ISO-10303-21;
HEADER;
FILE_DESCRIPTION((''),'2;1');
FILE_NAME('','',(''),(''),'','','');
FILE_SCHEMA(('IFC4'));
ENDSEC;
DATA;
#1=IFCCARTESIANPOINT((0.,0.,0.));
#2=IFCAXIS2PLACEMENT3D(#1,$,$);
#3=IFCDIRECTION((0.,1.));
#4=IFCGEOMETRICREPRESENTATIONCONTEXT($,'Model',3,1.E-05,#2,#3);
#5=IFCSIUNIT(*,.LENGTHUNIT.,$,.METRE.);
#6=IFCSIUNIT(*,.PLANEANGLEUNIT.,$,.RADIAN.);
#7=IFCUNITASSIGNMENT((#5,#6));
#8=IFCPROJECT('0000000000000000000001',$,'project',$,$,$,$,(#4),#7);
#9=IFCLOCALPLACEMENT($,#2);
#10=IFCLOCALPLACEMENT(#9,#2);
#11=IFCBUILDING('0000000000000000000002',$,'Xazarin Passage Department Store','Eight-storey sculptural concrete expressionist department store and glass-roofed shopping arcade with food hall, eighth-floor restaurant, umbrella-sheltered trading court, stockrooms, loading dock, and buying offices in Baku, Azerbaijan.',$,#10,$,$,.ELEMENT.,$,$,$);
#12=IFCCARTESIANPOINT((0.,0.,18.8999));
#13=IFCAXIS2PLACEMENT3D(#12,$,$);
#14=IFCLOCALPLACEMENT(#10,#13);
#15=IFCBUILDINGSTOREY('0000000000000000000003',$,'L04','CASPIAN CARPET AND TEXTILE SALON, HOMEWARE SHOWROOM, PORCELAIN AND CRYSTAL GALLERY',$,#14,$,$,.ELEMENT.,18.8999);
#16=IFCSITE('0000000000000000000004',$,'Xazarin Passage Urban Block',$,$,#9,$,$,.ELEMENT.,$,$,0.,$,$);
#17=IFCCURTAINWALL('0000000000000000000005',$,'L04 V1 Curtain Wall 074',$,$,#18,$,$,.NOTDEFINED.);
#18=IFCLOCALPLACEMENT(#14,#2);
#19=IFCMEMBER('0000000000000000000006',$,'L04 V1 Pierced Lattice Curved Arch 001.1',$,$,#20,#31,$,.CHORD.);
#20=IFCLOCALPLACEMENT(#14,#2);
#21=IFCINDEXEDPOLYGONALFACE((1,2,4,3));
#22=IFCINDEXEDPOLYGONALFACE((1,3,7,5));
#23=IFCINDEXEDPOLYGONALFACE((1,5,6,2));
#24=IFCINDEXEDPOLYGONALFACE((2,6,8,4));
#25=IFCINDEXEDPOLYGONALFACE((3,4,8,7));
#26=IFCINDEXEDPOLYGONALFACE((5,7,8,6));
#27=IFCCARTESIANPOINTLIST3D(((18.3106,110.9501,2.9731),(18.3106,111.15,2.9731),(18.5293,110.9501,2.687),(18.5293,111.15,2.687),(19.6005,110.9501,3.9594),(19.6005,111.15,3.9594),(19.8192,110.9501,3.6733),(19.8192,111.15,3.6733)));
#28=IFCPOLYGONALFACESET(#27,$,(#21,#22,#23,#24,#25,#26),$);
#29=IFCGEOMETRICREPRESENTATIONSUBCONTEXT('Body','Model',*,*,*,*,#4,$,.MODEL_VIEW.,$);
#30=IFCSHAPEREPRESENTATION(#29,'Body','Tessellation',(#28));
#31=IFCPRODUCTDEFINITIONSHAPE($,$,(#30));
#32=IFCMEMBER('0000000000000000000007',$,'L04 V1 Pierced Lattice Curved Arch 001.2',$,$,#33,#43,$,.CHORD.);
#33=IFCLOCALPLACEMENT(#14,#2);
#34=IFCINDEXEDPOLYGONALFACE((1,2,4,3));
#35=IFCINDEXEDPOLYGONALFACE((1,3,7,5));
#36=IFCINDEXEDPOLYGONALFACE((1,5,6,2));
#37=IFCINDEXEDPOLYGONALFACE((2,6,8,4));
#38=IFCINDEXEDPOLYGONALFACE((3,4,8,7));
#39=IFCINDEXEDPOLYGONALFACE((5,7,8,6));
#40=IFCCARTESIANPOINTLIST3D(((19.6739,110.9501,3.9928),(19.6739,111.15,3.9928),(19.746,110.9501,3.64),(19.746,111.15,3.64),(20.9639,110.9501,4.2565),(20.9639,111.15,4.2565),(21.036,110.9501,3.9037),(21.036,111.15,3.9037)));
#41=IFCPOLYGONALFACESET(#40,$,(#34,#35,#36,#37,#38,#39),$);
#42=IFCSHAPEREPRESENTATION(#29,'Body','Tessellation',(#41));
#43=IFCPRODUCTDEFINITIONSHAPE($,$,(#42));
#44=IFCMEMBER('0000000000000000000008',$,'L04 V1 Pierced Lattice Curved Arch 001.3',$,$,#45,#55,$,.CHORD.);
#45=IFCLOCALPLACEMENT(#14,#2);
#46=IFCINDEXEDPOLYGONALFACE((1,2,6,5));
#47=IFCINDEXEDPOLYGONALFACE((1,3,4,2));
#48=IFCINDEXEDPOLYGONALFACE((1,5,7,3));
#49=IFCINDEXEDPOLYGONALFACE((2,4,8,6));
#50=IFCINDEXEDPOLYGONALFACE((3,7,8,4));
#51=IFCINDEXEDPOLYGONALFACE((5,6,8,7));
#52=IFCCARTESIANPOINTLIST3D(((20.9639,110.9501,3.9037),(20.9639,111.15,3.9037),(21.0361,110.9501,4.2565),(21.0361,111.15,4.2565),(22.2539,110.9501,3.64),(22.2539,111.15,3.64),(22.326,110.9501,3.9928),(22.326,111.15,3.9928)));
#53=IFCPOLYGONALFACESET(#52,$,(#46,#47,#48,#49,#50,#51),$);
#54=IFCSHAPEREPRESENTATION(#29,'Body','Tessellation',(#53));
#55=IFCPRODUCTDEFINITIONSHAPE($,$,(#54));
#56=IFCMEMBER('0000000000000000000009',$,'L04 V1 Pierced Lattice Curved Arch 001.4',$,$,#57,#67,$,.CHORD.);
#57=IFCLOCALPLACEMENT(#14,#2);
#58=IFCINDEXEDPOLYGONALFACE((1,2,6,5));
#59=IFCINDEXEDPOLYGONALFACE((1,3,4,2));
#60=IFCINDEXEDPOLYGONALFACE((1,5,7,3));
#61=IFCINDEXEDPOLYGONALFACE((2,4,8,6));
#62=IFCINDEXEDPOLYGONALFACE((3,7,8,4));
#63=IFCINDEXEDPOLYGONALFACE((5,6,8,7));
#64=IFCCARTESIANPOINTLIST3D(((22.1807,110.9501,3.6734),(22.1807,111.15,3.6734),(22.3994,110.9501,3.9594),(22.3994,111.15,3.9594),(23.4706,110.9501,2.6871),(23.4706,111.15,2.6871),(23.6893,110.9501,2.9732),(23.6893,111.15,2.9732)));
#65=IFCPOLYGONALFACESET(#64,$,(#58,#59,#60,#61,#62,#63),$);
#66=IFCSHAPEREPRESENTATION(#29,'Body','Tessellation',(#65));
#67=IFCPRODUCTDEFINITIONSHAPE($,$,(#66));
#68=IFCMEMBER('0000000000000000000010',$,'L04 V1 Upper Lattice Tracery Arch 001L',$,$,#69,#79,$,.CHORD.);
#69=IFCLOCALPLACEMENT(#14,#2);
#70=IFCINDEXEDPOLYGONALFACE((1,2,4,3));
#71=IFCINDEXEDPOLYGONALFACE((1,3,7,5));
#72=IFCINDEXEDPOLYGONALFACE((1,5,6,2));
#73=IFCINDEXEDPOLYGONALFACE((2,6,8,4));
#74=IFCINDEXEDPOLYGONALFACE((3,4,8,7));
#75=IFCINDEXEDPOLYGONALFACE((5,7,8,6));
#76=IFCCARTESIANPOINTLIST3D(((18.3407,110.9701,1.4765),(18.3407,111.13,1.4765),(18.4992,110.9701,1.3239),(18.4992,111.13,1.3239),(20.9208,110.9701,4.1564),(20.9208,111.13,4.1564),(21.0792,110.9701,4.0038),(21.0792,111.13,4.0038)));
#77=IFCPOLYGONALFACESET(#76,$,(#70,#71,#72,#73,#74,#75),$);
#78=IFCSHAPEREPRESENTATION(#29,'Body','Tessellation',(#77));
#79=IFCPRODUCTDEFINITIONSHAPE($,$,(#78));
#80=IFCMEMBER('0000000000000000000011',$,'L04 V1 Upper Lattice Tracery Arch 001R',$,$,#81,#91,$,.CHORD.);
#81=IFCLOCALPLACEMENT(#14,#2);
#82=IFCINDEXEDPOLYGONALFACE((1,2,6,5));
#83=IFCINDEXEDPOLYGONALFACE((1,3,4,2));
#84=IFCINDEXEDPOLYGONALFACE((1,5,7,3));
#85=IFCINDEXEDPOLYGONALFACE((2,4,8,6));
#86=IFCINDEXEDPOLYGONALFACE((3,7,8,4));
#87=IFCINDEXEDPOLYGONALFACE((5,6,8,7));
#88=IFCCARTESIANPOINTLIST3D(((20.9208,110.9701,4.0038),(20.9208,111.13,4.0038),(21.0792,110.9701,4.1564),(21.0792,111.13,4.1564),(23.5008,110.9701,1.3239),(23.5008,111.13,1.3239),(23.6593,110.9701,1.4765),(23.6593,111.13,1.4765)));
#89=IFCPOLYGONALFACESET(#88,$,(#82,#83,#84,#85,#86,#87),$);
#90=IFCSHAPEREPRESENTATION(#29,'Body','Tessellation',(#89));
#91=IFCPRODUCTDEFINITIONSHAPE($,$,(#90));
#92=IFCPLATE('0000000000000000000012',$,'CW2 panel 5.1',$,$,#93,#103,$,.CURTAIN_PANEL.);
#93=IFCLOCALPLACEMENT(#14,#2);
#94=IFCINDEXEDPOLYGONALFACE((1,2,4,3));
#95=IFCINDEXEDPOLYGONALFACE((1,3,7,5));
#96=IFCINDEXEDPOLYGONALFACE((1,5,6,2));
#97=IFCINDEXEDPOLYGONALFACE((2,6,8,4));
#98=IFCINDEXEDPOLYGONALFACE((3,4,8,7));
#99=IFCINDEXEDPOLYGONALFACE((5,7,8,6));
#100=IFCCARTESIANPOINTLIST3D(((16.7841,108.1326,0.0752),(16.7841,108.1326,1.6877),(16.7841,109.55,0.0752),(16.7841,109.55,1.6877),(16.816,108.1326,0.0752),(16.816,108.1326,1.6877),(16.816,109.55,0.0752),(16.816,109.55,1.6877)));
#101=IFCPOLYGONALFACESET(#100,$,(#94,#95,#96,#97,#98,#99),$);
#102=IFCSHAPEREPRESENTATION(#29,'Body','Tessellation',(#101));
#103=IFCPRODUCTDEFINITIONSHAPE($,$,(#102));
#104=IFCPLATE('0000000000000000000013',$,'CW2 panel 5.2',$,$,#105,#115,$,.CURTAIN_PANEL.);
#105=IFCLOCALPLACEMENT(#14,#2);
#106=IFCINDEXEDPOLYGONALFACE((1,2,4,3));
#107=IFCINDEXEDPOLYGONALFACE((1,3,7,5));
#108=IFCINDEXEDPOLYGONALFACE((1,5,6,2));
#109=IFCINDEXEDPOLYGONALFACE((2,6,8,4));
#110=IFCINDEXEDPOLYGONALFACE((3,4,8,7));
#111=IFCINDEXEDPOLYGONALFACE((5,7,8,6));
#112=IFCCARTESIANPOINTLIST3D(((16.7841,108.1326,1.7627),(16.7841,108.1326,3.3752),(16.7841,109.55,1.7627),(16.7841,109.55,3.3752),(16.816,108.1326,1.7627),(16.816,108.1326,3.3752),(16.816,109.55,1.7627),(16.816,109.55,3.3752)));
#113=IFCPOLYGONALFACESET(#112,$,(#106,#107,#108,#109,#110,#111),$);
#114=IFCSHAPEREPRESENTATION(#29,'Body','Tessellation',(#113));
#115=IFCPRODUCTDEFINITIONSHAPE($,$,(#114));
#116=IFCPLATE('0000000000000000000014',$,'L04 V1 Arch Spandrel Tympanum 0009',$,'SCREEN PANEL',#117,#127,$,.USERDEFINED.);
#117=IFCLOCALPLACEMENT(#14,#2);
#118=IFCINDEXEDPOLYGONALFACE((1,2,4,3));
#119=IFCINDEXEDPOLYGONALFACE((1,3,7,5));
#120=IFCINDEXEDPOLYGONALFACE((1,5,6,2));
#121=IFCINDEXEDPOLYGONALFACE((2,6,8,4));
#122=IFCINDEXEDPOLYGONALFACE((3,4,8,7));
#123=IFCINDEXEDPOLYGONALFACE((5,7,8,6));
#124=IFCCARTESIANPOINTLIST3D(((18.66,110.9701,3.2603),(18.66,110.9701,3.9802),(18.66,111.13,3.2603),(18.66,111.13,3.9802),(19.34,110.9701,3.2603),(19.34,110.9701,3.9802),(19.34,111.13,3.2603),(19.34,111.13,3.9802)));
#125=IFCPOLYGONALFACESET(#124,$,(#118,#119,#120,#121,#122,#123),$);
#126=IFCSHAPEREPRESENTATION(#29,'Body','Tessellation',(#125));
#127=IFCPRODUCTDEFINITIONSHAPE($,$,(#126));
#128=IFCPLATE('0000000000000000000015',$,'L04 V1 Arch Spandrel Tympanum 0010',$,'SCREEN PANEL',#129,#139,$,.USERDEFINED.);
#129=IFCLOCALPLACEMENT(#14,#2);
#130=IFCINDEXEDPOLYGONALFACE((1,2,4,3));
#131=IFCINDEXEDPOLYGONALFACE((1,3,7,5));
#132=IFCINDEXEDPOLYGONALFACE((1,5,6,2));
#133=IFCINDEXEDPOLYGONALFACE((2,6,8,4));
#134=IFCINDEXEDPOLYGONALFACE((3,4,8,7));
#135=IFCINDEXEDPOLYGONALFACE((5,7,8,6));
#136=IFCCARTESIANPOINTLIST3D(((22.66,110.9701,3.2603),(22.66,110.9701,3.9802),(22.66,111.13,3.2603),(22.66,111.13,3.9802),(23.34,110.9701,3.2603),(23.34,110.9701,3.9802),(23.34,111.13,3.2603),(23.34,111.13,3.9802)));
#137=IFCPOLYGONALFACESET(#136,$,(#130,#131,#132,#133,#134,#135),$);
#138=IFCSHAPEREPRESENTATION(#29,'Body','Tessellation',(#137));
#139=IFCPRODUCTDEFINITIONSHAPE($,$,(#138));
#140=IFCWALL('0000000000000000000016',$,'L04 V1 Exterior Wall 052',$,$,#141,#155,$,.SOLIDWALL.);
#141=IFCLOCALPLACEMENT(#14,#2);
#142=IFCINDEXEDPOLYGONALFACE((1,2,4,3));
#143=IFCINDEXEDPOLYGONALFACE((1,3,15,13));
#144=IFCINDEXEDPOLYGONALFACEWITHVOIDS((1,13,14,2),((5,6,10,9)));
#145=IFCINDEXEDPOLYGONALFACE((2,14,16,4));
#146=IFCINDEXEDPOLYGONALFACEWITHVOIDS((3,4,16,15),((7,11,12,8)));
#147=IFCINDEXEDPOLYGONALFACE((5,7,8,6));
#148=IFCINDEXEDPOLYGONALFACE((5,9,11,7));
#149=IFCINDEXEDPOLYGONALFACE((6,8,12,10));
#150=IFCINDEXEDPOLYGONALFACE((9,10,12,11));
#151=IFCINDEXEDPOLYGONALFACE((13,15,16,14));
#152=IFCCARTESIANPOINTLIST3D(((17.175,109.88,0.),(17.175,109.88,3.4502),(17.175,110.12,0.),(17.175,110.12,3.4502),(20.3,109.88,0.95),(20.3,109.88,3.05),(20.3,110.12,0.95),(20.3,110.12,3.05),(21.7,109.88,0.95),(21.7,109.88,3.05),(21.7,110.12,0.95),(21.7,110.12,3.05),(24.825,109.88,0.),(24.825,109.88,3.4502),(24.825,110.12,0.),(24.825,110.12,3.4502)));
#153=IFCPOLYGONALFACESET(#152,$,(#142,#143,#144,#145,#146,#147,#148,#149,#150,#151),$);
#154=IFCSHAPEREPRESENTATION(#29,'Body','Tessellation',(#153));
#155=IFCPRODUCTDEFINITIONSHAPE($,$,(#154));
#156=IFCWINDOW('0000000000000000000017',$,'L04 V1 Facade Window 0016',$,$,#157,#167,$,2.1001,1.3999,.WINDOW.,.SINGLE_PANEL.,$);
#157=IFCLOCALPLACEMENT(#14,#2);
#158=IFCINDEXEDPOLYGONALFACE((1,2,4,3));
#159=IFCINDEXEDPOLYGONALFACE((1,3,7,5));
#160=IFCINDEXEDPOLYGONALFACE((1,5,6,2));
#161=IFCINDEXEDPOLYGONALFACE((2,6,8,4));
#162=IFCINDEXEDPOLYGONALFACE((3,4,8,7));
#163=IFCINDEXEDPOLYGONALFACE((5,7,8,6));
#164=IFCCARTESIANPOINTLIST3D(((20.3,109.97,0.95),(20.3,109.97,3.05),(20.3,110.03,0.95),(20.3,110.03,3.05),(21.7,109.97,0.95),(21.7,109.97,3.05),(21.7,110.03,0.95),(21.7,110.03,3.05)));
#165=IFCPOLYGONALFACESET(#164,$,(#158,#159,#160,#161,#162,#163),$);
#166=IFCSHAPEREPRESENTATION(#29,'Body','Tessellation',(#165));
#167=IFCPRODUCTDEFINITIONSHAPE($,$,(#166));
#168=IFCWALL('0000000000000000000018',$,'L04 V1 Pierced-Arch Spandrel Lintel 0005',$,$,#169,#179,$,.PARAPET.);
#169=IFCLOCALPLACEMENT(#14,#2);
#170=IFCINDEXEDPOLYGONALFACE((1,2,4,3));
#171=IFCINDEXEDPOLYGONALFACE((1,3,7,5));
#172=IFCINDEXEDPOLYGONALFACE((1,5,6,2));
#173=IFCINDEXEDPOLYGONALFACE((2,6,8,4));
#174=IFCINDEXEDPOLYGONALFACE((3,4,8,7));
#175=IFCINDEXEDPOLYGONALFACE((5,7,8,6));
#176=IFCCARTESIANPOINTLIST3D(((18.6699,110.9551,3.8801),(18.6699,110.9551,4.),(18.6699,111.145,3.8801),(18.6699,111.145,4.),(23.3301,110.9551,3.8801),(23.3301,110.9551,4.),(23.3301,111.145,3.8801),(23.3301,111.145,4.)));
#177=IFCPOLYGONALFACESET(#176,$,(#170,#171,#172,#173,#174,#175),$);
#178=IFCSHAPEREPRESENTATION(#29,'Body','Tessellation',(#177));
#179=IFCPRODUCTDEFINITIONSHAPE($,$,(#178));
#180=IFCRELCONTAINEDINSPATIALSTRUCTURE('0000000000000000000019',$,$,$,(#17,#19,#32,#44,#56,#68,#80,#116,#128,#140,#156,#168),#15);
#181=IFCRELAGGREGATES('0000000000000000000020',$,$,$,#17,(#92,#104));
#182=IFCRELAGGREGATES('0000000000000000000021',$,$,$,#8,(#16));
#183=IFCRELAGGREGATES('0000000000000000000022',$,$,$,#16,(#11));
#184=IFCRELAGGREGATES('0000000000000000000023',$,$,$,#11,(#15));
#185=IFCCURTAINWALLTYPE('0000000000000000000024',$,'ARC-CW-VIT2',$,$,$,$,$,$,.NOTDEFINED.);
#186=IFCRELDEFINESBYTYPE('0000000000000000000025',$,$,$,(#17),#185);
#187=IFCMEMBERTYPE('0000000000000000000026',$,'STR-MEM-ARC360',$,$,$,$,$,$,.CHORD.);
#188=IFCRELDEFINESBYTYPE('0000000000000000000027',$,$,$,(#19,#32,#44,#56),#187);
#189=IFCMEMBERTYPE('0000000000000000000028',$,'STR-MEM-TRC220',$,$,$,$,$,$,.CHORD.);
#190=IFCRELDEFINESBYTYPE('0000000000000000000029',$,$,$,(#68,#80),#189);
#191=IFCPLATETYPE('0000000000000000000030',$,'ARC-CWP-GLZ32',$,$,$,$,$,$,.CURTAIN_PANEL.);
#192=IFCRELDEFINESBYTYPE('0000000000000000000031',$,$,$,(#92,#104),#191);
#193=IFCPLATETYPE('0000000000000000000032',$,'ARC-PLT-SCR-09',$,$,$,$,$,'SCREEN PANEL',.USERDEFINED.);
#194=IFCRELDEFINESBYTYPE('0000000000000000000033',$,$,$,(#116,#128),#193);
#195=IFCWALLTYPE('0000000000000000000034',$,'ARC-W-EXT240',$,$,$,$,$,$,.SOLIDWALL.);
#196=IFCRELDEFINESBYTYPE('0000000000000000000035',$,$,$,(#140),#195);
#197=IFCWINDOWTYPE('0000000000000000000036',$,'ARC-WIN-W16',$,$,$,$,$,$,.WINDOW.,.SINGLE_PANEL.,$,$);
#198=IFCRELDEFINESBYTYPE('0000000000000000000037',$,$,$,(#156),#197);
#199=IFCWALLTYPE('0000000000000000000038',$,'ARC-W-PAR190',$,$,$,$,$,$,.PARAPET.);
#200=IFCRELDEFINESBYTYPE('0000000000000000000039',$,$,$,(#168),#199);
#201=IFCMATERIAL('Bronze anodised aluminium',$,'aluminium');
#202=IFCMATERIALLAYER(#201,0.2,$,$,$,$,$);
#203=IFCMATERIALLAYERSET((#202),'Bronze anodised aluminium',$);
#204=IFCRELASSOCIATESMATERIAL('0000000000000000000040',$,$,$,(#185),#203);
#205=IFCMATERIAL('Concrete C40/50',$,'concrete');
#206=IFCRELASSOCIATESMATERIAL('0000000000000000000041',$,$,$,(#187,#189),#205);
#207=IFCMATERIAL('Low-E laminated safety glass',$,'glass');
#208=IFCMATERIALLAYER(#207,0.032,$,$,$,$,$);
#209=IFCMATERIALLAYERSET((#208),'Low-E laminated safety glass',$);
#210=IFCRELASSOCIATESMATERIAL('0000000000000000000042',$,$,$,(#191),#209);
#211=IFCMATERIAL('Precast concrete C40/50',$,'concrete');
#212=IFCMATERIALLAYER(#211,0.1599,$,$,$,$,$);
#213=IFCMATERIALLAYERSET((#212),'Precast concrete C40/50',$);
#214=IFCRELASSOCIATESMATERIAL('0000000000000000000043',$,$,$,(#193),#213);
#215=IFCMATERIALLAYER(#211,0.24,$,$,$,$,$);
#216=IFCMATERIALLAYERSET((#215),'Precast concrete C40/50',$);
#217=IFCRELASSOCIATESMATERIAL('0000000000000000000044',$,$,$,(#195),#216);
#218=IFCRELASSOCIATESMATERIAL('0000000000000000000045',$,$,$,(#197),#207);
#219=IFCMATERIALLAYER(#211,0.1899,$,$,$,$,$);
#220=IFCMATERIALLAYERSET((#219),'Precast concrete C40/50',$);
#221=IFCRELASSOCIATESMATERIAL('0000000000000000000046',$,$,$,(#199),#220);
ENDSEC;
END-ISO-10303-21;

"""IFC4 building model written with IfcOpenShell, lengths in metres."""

from ifc_helpers import new_model, si_unit, direction, frame, frame_2d, origin, origin_2d, place, context, subcontext, project, spatial, rectangle, extrude, material, layer, layer_set, material_profile, profile_set, type_object, element, fill, aggregate, save


model = new_model("IFC4")

# Units and contexts
model_context = context("Model", 3, precision=1e-05, world=origin(), true_north=direction((0.0, 1.0)))
body_context = subcontext(model_context, "Body", "Model", "MODEL_VIEW")
ifc_project = project(units=[si_unit("LENGTHUNIT", "METRE"), si_unit("PLANEANGLEUNIT", "RADIAN")], contexts=[model_context])

# Site, building, storey
site_placement = place(None, origin())
site = spatial("IfcSite", under=ifc_project, at=site_placement, Name="Xazarin Passage Urban Block", CompositionType="ELEMENT", RefElevation=0.0)
building_placement = place(site_placement, origin())
building = spatial("IfcBuilding", under=site, at=building_placement, Name="Xazarin Passage Department Store", Description="Eight-storey sculptural concrete expressionist department store and glass-roofed shopping arcade with food hall, eighth-floor restaurant, umbrella-sheltered trading court, stockrooms, loading dock, and buying offices in Baku, Azerbaijan.", CompositionType="ELEMENT")
storey_placement = place(building_placement, frame((0.0, 0.0, 18.8999)))
storey = spatial("IfcBuildingStorey", under=building, at=storey_placement, Name="L04", Description="CASPIAN CARPET AND TEXTILE SALON, HOMEWARE SHOWROOM, PORCELAIN AND CRYSTAL GALLERY", CompositionType="ELEMENT", Elevation=18.8999)

# Shared definitions
ifc_material_1 = material(Name="Concrete C40/50", Category="concrete")

# Curtain wall
ifc_material_2 = material(Name="Bronze anodised aluminium", Category="aluminium")
ifc_layer_1 = layer(ifc_material_2, 0.2)
ifc_layer_set_1 = layer_set([ifc_layer_1], Name="Bronze anodised aluminium")
curtain_wall_type = type_object("IfcCurtainWallType", Name="ARC-CW-VIT2", PredefinedType="NOTDEFINED", material=ifc_layer_set_1)
curtain_wall_placement = place(storey_placement, origin())
curtain_wall = element("IfcCurtainWall", 1, at=curtain_wall_placement, inside=storey, type_object=curtain_wall_type, Name="L04 V1 Curtain Wall 074", PredefinedType="NOTDEFINED")

# Members
ifc_material_profile_1 = material_profile(ifc_material_1, rectangle(XDim=0.2, YDim=0.3601, at=origin_2d()), Name="RC 200x360")
ifc_profile_set_1 = profile_set([ifc_material_profile_1], Name="Concrete C40/50")
member_type_1 = type_object("IfcMemberType", Name="STR-MEM-ARC360", PredefinedType="CHORD", material=ifc_profile_set_1)
member_1_placement = place(storey_placement, frame((18.4199, 111.05, 2.8301), z_axis=(0.794409, 0.0, 0.607383), x_axis=(0.0, 1.0, 0.0)))
element("IfcMember", 2, at=member_1_placement, inside=storey, type_object=member_type_1, Name="L04 V1 Pierced Lattice Curved Arch 001.1", PredefinedType="CHORD", context=body_context, shape_type="SweptSolid", body=[
    extrude(rectangle(XDim=0.2, YDim=0.3601, at=origin_2d()), origin(), (0.0, 0.0, 1.0), 1.6238),
])
for number, where, z_axis, x_axis, name in (
    (3, (19.71, 111.05, 3.8164), (0.979745, 0.0, 0.200251), (0.0, 1.0, 0.0), "L04 V1 Pierced Lattice Curved Arch 001.2"),
    (4, (21.0, 111.05, 4.0801), (0.979745, 0.0, -0.200251), (0.0, 1.0, 0.0), "L04 V1 Pierced Lattice Curved Arch 001.3"),
):
    element("IfcMember", number, at=place(storey_placement, frame(where, z_axis=z_axis, x_axis=x_axis)), inside=storey, type_object=member_type_1, Name=name, PredefinedType="CHORD", context=body_context, shape_type="SweptSolid", body=[
        extrude(rectangle(XDim=0.2, YDim=0.3601, at=origin_2d()), origin(), (0.0, 0.0, 1.0), 1.3167),
    ])
member_2_placement = place(storey_placement, frame((22.29, 111.05, 3.8164), z_axis=(0.794409, 0.0, -0.607383), x_axis=(0.0, 1.0, 0.0)))
element("IfcMember", 5, at=member_2_placement, inside=storey, type_object=member_type_1, Name="L04 V1 Pierced Lattice Curved Arch 001.4", PredefinedType="CHORD", context=body_context, shape_type="SweptSolid", body=[
    extrude(rectangle(XDim=0.2, YDim=0.3601, at=origin_2d()), origin(), (0.0, 0.0, 1.0), 1.6238),
])
ifc_material_profile_2 = material_profile(ifc_material_1, rectangle(XDim=0.1599, YDim=0.22, at=origin_2d()), Name="RC 160x220")
ifc_profile_set_2 = profile_set([ifc_material_profile_2], Name="Concrete C40/50")
member_type_2 = type_object("IfcMemberType", Name="STR-MEM-TRC220", PredefinedType="CHORD", material=ifc_profile_set_2)
for number, where, z_axis, x_axis, name in (
    (6, (21.0, 111.05, 4.0801), (-0.693558, 0.0, -0.7204), (0.0, -1.0, 0.0), "L04 V1 Upper Lattice Tracery Arch 001L"),
    (7, (21.0, 111.05, 4.0801), (0.693558, 0.0, -0.7204), (0.0, 1.0, 0.0), "L04 V1 Upper Lattice Tracery Arch 001R"),
):
    element("IfcMember", number, at=place(storey_placement, frame(where, z_axis=z_axis, x_axis=x_axis)), inside=storey, type_object=member_type_2, Name=name, PredefinedType="CHORD", context=body_context, shape_type="SweptSolid", body=[
        extrude(rectangle(XDim=0.1599, YDim=0.22, at=origin_2d()), origin(), (0.0, 0.0, 1.0), 3.72),
    ])

# Plates
ifc_material_3 = material(Name="Low-E laminated safety glass", Category="glass")
ifc_layer_2 = layer(ifc_material_3, 0.032)
ifc_layer_set_2 = layer_set([ifc_layer_2], Name="Low-E laminated safety glass")
plate_type_1 = type_object("IfcPlateType", Name="ARC-CWP-GLZ32", PredefinedType="CURTAIN_PANEL", material=ifc_layer_set_2)
plate_1_placement = place(storey_placement, frame((16.8, 108.8413, 0.0752), z_axis=(0.0, 0.0, 1.0), x_axis=(0.0, 1.0, 0.0)))
plate_1 = element("IfcPlate", 8, at=plate_1_placement, type_object=plate_type_1, Name="CW2 panel 5.1", PredefinedType="CURTAIN_PANEL", context=body_context, shape_type="SweptSolid", body=[
    extrude(rectangle(XDim=1.4175, YDim=0.032, at=origin_2d()), origin(), (0.0, 0.0, 1.0), 1.6125),
])
plate_2_placement = place(storey_placement, frame((16.8, 108.8413, 1.7627), z_axis=(0.0, 0.0, 1.0), x_axis=(0.0, 1.0, 0.0)))
plate_2 = element("IfcPlate", 9, at=plate_2_placement, type_object=plate_type_1, Name="CW2 panel 5.2", PredefinedType="CURTAIN_PANEL", context=body_context, shape_type="SweptSolid", body=[
    extrude(rectangle(XDim=1.4175, YDim=0.032, at=origin_2d()), origin(), (0.0, 0.0, 1.0), 1.6125),
])
aggregate(curtain_wall, [plate_1, plate_2])

# Plates
ifc_material_4 = material(Name="Precast concrete C40/50", Category="concrete")
ifc_layer_3 = layer(ifc_material_4, 0.1599)
ifc_layer_set_3 = layer_set([ifc_layer_3], Name="Precast concrete C40/50")
plate_type_2 = type_object("IfcPlateType", Name="ARC-PLT-SCR-09", ElementType="SCREEN PANEL", PredefinedType="USERDEFINED", material=ifc_layer_set_3)
for number, where, z_axis, x_axis, name in (
    (10, (19.0, 111.05, 3.2603), (0.0, 0.0, 1.0), (1.0, 0.0, 0.0), "L04 V1 Arch Spandrel Tympanum 0009"),
    (11, (23.0, 111.05, 3.2603), (0.0, 0.0, 1.0), (1.0, 0.0, 0.0), "L04 V1 Arch Spandrel Tympanum 0010"),
):
    element("IfcPlate", number, at=place(storey_placement, frame(where, z_axis=z_axis, x_axis=x_axis)), inside=storey, type_object=plate_type_2, Name=name, ObjectType="SCREEN PANEL", PredefinedType="USERDEFINED", context=body_context, shape_type="SweptSolid", body=[
        extrude(rectangle(XDim=0.6799, YDim=0.1599, at=origin_2d()), origin(), (0.0, 0.0, 1.0), 0.72),
    ])

# Wall, opening, window
ifc_layer_4 = layer(ifc_material_4, 0.24)
ifc_layer_set_4 = layer_set([ifc_layer_4], Name="Precast concrete C40/50")
wall_type_1 = type_object("IfcWallType", Name="ARC-W-EXT240", PredefinedType="SOLIDWALL", material=ifc_layer_set_4)
wall_1_placement = place(storey_placement, frame((17.175, 110.0, 0.0), z_axis=(0.0, 0.0, 1.0), x_axis=(1.0, 0.0, 0.0)))
wall_1 = element("IfcWall", 12, at=wall_1_placement, inside=storey, type_object=wall_type_1, Name="L04 V1 Exterior Wall 052", PredefinedType="SOLIDWALL", context=body_context, shape_type="SweptSolid", body=[
    extrude(rectangle(XDim=7.6499, YDim=0.24, at=frame_2d((3.825, 0.0))), origin(), (0.0, 0.0, 1.0), 3.4502),
])
opening_placement = place(wall_1_placement, frame((3.125, 0.0, 0.95)))
opening = element("IfcOpeningElement", 13, at=opening_placement, cuts=wall_1, PredefinedType="OPENING", context=body_context, shape_type="SweptSolid", body=[
    extrude(rectangle(XDim=1.3999, YDim=2.1001, at=frame_2d((0.7, 1.05))), frame((0.0, 0.1299, 0.0), z_axis=(0.0, -1.0, 0.0), x_axis=(1.0, 0.0, 0.0)), (0.0, 0.0, 1.0), 0.26),
])
window_type = type_object("IfcWindowType", Name="ARC-WIN-W16", PartitioningType="SINGLE_PANEL", PredefinedType="WINDOW", material=ifc_material_3)
window_placement = place(opening_placement, origin())
window = element("IfcWindow", 14, at=window_placement, inside=storey, type_object=window_type, Name="L04 V1 Facade Window 0016", OverallHeight=2.1001, OverallWidth=1.3999, PartitioningType="SINGLE_PANEL", PredefinedType="WINDOW", context=body_context, shape_type="SweptSolid", body=[
    extrude(rectangle(XDim=1.3999, YDim=2.1001, at=frame_2d((0.7, 1.05))), frame((0.0, 0.03, 0.0), z_axis=(0.0, -1.0, 0.0), x_axis=(1.0, 0.0, 0.0)), (0.0, 0.0, 1.0), 0.0601),
])
fill(opening, window)

# Wall
ifc_layer_5 = layer(ifc_material_4, 0.1899)
ifc_layer_set_5 = layer_set([ifc_layer_5], Name="Precast concrete C40/50")
wall_type_2 = type_object("IfcWallType", Name="ARC-W-PAR190", PredefinedType="PARAPET", material=ifc_layer_set_5)
wall_2_placement = place(storey_placement, frame((18.6699, 111.05, 3.8801), z_axis=(0.0, 0.0, 1.0), x_axis=(1.0, 0.0, 0.0)))
element("IfcWall", 15, at=wall_2_placement, inside=storey, type_object=wall_type_2, Name="L04 V1 Pierced-Arch Spandrel Lintel 0005", PredefinedType="PARAPET", context=body_context, shape_type="SweptSolid", body=[
    extrude(rectangle(XDim=4.6602, YDim=0.1899, at=frame_2d((2.3301, 0.0))), origin(), (0.0, 0.0, 1.0), 0.1199),
])

save(model, "model.ifc")
